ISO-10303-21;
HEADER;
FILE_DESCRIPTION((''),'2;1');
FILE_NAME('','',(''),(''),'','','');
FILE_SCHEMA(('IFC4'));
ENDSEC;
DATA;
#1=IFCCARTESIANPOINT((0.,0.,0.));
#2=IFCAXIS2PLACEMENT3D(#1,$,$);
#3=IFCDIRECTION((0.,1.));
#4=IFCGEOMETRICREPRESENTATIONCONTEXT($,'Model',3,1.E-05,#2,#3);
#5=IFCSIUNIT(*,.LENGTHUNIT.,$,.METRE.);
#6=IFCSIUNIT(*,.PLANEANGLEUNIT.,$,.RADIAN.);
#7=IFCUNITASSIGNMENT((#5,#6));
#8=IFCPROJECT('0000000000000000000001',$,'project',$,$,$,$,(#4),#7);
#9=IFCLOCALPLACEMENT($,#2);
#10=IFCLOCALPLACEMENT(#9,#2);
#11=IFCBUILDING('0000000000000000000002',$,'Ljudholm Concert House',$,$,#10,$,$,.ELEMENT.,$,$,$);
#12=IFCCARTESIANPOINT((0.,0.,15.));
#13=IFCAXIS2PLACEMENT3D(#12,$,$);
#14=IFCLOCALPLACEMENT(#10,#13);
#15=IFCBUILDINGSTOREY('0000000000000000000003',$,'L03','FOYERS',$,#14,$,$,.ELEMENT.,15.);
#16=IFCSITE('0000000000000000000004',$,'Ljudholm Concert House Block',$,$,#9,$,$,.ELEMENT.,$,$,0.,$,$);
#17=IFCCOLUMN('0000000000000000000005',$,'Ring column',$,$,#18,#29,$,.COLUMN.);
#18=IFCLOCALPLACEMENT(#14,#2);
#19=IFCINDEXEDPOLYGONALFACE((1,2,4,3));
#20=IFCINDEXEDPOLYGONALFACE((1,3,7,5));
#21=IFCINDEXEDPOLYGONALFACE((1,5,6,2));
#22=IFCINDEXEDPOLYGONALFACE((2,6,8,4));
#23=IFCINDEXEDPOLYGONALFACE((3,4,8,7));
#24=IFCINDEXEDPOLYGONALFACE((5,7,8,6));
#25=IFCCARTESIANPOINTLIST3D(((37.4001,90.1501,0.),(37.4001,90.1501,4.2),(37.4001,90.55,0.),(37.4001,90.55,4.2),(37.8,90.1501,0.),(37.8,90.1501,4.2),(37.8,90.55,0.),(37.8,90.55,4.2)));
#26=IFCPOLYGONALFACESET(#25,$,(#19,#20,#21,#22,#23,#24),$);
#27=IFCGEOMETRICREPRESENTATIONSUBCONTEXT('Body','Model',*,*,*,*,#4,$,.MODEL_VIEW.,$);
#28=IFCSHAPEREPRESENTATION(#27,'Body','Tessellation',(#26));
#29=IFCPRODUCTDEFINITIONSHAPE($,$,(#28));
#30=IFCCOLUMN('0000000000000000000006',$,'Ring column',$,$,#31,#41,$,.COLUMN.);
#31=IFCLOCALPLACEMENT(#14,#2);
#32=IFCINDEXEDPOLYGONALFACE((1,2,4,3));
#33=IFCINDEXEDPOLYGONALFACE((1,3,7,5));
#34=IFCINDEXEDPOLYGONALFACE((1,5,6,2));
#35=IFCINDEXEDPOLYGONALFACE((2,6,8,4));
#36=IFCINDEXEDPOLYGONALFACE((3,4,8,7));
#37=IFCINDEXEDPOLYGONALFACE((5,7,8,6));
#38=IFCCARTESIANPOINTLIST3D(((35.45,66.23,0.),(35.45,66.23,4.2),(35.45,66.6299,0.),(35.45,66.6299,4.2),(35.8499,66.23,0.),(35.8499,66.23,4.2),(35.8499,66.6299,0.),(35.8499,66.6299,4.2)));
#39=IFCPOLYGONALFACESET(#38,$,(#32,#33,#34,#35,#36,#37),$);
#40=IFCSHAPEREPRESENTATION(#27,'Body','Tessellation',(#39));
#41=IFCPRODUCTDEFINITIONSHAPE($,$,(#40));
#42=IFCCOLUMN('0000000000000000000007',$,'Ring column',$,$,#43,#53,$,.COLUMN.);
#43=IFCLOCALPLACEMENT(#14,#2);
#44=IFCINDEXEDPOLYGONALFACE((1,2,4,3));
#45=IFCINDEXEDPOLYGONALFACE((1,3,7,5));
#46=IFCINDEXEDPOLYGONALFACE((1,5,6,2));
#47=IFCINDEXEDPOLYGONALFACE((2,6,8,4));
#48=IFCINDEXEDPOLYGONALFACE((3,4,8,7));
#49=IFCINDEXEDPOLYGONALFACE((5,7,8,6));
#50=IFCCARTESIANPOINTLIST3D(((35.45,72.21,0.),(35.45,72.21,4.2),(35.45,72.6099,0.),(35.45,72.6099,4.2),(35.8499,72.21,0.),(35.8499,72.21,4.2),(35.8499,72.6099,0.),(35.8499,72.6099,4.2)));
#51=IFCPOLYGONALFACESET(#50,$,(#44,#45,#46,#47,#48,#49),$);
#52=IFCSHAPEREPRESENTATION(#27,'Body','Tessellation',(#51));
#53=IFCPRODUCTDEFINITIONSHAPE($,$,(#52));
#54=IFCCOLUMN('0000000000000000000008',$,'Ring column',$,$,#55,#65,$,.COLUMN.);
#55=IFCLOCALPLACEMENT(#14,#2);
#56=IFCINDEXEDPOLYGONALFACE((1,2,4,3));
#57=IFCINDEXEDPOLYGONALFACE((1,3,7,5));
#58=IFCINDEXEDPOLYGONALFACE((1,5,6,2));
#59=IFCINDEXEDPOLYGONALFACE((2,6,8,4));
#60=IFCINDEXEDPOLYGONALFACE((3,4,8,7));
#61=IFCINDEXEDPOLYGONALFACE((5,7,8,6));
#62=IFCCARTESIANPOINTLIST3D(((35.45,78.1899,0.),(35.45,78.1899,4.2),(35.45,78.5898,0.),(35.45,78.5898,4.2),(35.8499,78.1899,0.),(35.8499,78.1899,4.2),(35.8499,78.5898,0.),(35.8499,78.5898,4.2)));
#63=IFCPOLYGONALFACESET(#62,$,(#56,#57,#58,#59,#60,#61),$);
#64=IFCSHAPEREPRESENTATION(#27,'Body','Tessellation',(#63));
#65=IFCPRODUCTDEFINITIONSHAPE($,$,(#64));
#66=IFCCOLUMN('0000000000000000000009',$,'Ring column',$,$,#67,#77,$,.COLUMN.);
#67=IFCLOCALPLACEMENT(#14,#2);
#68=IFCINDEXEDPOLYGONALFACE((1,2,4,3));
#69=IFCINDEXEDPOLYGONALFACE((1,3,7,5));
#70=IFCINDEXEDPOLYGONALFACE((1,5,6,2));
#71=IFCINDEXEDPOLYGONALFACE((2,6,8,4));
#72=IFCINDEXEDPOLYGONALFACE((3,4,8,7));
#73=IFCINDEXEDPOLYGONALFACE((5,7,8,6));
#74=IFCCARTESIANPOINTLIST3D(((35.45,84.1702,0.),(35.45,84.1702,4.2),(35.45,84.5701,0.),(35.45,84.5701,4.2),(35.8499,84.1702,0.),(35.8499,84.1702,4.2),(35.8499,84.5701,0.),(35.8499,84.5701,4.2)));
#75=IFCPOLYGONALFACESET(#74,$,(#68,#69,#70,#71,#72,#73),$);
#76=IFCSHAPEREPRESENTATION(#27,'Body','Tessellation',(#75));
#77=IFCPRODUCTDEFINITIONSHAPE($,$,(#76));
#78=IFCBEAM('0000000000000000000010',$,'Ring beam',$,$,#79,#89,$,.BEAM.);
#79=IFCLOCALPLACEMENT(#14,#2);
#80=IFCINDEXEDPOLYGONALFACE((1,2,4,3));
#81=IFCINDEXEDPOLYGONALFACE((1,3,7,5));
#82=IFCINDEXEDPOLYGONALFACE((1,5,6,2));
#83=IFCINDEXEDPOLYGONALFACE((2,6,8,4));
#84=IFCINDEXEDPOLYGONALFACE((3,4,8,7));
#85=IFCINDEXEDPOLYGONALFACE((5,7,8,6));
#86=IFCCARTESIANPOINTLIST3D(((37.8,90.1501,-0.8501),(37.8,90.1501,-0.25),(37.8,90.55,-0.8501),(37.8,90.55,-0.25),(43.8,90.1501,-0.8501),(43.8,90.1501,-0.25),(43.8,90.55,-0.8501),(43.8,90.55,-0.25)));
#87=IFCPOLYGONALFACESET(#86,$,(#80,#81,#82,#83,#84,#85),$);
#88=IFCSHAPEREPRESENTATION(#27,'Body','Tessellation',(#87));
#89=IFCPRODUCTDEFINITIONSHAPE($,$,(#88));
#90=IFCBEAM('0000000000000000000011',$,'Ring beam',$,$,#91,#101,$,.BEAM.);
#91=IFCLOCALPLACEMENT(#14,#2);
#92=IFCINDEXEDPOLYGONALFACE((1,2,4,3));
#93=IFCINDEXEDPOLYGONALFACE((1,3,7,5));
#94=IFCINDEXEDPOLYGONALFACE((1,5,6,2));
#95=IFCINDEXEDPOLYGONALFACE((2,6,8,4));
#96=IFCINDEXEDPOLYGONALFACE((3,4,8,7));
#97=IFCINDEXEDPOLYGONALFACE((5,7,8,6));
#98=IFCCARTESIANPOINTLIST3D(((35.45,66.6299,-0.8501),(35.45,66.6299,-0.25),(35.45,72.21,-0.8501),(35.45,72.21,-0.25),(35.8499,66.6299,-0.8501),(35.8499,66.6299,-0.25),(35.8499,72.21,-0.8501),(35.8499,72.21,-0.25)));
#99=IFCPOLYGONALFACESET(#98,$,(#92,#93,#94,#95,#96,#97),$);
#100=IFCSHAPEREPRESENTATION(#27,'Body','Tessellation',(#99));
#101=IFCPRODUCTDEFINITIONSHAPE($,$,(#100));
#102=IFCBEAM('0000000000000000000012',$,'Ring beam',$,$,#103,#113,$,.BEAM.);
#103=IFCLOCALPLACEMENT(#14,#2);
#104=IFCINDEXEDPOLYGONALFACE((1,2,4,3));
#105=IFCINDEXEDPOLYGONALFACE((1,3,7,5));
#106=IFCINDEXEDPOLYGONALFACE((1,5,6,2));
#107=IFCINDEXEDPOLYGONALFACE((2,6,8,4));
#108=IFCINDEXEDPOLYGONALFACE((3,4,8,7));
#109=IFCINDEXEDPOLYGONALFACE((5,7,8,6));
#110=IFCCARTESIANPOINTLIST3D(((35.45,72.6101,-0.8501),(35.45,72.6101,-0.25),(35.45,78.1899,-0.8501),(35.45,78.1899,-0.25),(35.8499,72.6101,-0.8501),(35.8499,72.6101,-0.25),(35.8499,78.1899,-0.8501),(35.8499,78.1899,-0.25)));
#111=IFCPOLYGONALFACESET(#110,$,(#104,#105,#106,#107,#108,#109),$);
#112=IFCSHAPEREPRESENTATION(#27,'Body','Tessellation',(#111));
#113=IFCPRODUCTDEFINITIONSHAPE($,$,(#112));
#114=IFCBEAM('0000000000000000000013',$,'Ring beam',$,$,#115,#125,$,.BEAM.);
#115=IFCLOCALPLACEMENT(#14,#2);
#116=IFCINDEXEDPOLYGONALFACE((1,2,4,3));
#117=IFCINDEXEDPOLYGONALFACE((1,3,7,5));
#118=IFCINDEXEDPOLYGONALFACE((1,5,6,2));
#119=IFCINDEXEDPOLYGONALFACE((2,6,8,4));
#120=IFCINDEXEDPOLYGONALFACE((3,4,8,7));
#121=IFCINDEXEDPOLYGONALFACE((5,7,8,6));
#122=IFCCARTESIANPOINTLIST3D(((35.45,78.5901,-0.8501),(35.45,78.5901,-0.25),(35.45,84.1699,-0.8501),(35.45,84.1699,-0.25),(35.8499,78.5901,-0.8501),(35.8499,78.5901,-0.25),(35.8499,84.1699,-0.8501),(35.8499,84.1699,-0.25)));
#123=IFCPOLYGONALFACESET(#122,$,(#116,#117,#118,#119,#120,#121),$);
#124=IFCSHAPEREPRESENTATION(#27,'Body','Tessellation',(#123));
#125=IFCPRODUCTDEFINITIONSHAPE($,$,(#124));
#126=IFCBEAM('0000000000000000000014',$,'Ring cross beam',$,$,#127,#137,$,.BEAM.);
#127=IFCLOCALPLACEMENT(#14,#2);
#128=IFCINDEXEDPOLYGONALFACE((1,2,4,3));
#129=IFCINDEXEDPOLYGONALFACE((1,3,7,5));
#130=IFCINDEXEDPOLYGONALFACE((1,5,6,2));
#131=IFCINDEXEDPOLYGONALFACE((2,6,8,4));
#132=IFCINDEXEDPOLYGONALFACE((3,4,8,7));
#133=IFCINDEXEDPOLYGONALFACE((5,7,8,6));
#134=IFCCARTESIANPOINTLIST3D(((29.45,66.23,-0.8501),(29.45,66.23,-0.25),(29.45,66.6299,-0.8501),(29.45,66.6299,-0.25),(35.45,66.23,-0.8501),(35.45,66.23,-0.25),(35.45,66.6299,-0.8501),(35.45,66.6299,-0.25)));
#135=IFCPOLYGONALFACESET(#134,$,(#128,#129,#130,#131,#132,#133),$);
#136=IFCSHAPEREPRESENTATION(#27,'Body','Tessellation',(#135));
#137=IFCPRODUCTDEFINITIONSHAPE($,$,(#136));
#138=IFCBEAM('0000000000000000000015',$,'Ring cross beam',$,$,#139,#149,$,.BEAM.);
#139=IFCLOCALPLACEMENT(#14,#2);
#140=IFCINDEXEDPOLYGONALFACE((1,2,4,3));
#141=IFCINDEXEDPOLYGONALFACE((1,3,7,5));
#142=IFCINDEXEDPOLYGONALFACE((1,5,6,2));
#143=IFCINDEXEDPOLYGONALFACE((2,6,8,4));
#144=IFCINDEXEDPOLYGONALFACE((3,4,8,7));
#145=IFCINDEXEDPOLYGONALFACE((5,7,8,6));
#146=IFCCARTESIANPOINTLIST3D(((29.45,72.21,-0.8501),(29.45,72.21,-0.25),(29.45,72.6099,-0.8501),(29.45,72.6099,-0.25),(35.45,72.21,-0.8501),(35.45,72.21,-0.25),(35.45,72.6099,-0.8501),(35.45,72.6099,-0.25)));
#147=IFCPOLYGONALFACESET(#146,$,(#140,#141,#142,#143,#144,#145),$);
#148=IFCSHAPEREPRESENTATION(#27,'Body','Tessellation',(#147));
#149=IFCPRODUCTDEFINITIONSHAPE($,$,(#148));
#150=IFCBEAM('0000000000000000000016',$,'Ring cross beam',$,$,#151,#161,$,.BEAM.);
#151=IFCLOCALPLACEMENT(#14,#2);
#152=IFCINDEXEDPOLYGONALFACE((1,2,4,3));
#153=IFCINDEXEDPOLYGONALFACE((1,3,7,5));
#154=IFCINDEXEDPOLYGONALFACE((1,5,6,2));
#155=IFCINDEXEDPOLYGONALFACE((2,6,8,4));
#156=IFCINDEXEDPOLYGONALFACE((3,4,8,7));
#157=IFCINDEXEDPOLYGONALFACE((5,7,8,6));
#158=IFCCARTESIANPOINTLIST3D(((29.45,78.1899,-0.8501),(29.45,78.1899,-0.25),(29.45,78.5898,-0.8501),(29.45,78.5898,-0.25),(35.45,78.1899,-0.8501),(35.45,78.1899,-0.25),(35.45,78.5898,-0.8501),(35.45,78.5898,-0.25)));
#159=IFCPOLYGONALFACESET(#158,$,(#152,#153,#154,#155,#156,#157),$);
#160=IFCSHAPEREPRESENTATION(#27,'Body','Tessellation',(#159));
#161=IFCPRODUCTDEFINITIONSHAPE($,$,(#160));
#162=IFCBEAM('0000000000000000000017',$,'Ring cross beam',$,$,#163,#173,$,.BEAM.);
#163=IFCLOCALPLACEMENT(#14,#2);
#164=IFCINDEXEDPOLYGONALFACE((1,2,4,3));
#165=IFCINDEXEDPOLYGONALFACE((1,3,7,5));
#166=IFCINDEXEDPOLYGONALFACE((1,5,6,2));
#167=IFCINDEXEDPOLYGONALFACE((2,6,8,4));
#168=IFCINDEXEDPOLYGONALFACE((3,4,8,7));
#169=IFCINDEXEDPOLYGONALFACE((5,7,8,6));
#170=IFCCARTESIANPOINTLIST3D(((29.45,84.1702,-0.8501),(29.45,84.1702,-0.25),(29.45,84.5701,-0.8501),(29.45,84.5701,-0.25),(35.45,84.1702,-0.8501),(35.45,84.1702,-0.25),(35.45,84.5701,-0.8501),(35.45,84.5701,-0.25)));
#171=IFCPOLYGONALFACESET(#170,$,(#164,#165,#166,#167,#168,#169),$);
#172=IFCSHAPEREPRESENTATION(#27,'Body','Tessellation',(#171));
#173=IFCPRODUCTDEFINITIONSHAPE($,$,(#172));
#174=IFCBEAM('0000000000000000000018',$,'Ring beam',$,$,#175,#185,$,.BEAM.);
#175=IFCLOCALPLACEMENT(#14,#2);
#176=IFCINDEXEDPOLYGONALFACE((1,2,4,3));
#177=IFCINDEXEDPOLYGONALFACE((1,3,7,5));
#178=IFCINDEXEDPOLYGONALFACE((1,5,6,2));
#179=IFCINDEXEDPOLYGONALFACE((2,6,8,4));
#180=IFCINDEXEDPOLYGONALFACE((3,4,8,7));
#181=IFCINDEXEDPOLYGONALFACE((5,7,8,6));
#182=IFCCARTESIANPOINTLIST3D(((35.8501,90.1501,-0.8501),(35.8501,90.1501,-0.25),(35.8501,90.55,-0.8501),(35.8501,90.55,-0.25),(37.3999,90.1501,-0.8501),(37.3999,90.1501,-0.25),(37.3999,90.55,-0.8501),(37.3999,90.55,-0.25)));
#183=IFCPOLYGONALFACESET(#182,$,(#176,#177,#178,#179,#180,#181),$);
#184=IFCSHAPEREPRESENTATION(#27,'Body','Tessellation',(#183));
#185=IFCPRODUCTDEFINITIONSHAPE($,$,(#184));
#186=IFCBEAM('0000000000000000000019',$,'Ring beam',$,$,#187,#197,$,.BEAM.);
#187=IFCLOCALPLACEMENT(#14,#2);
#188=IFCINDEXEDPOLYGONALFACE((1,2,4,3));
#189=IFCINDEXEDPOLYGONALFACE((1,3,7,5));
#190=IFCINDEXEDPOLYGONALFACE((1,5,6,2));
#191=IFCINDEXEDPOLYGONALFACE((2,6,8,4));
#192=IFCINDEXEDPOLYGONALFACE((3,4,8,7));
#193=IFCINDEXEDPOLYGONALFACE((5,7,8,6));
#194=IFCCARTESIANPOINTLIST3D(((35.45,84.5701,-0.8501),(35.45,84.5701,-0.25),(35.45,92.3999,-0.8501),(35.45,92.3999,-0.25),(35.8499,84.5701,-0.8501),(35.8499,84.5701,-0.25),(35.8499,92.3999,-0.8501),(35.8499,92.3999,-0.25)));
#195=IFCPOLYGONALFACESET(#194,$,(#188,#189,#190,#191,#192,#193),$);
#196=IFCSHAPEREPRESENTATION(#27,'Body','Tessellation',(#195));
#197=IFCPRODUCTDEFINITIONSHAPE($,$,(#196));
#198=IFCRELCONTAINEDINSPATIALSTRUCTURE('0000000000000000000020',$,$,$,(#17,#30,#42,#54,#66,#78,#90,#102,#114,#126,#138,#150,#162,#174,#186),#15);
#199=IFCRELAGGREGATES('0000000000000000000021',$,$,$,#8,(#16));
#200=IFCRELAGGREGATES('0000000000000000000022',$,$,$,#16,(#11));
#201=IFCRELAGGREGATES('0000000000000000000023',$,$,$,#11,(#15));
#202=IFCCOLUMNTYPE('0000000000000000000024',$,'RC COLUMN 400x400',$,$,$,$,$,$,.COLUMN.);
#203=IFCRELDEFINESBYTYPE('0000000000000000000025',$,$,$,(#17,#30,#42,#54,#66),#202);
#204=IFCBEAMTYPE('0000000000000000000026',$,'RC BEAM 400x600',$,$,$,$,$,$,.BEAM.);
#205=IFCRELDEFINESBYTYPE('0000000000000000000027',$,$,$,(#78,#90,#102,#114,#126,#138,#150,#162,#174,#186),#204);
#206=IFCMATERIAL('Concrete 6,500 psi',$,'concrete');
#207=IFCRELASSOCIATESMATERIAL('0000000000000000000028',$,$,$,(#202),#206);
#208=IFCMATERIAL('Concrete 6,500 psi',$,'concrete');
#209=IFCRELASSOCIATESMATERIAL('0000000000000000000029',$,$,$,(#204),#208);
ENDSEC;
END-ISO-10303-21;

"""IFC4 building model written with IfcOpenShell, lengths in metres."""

from ifc_helpers import new_model, si_unit, direction, frame, origin, origin_2d, place, context, subcontext, project, spatial, rectangle, extrude, material, material_profile, profile_set, type_object, element, save


model = new_model("IFC4")

# Units and contexts
model_context = context("Model", 3, precision=1e-05, world=origin(), true_north=direction((0.0, 1.0)))
body_context = subcontext(model_context, "Body", "Model", "MODEL_VIEW")
ifc_project = project(units=[si_unit("LENGTHUNIT", "METRE"), si_unit("PLANEANGLEUNIT", "RADIAN")], contexts=[model_context])

# Site, building, storey
site_placement = place(None, origin())
site = spatial("IfcSite", under=ifc_project, at=site_placement, Name="Ljudholm Concert House Block", CompositionType="ELEMENT", RefElevation=0.0)
building_placement = place(site_placement, origin())
building = spatial("IfcBuilding", under=site, at=building_placement, Name="Ljudholm Concert House", CompositionType="ELEMENT")
storey_placement = place(building_placement, frame((0.0, 0.0, 15.0)))
storey = spatial("IfcBuildingStorey", under=building, at=storey_placement, Name="L03", Description="FOYERS", CompositionType="ELEMENT", Elevation=15.0)

# Columns
ifc_material_1 = material(Name="Concrete 6,500 psi", Category="concrete")
ifc_material_profile_1 = material_profile(ifc_material_1, rectangle(XDim=0.3999, YDim=0.3999, at=origin_2d()), Name="RC COLUMN 400x400")
ifc_profile_set_1 = profile_set([ifc_material_profile_1], Name="Concrete 6,500 psi")
column_type = type_object("IfcColumnType", Name="RC COLUMN 400x400", PredefinedType="COLUMN", material=ifc_profile_set_1)
for number, where, z_axis, x_axis, name in (
    (1, (37.6001, 90.3501, 0.0), (0.0, 0.0, 1.0), (1.0, 0.0, 0.0), "Ring column"),
    (2, (35.6499, 66.4299, 0.0), (0.0, 0.0, 1.0), (1.0, 0.0, 0.0), "Ring column"),
    (3, (35.6499, 72.4099, 0.0), (0.0, 0.0, 1.0), (1.0, 0.0, 0.0), "Ring column"),
    (4, (35.6499, 78.3899, 0.0), (0.0, 0.0, 1.0), (1.0, 0.0, 0.0), "Ring column"),
    (5, (35.6499, 84.3701, 0.0), (0.0, 0.0, 1.0), (1.0, 0.0, 0.0), "Ring column"),
):
    element("IfcColumn", number, at=place(storey_placement, frame(where, z_axis=z_axis, x_axis=x_axis)), inside=storey, type_object=column_type, Name=name, PredefinedType="COLUMN", context=body_context, shape_type="SweptSolid", body=[
        extrude(rectangle(XDim=0.3999, YDim=0.3999, at=origin_2d()), origin(), (0.0, 0.0, 1.0), 4.2),
    ])

# Beams
ifc_material_2 = material(Name="Concrete 6,500 psi", Category="concrete")
ifc_material_profile_2 = material_profile(ifc_material_2, rectangle(XDim=0.3999, YDim=0.6001, at=origin_2d()), Name="RC BEAM 400x600")
ifc_profile_set_2 = profile_set([ifc_material_profile_2], Name="Concrete 6,500 psi")
beam_type = type_object("IfcBeamType", Name="RC BEAM 400x600", PredefinedType="BEAM", material=ifc_profile_set_2)
beam_1_placement = place(storey_placement, frame((37.8, 90.3501, -0.55), z_axis=(1.0, 0.0, 0.0), x_axis=(0.0, 1.0, 0.0)))
element("IfcBeam", 6, at=beam_1_placement, inside=storey, type_object=beam_type, Name="Ring beam", PredefinedType="BEAM", context=body_context, shape_type="SweptSolid", body=[
    extrude(rectangle(XDim=0.3999, YDim=0.6001, at=origin_2d()), origin(), (0.0, 0.0, 1.0), 6.0),
])
beam_2_placement = place(storey_placement, frame((35.6499, 66.6299, -0.55), z_axis=(0.0, 1.0, 0.0), x_axis=(-1.0, 0.0, 0.0)))
element("IfcBeam", 7, at=beam_2_placement, inside=storey, type_object=beam_type, Name="Ring beam", PredefinedType="BEAM", context=body_context, shape_type="SweptSolid", body=[
    extrude(rectangle(XDim=0.3999, YDim=0.6001, at=origin_2d()), origin(), (0.0, 0.0, 1.0), 5.5801),
])
for number, where, z_axis, x_axis, name in (
    (8, (35.6499, 72.6101, -0.55), (0.0, 1.0, 0.0), (-1.0, 0.0, 0.0), "Ring beam"),
    (9, (35.6499, 78.5901, -0.55), (0.0, 1.0, 0.0), (-1.0, 0.0, 0.0), "Ring beam"),
):
    element("IfcBeam", number, at=place(storey_placement, frame(where, z_axis=z_axis, x_axis=x_axis)), inside=storey, type_object=beam_type, Name=name, PredefinedType="BEAM", context=body_context, shape_type="SweptSolid", body=[
        extrude(rectangle(XDim=0.3999, YDim=0.6001, at=origin_2d()), origin(), (0.0, 0.0, 1.0), 5.5798),
    ])
for number, where, z_axis, x_axis, name in (
    (10, (35.45, 66.4299, -0.55), (-1.0, 0.0, 0.0), (0.0, -1.0, 0.0), "Ring cross beam"),
    (11, (35.45, 72.4099, -0.55), (-1.0, 0.0, 0.0), (0.0, -1.0, 0.0), "Ring cross beam"),
    (12, (35.45, 78.3899, -0.55), (-1.0, 0.0, 0.0), (0.0, -1.0, 0.0), "Ring cross beam"),
    (13, (35.45, 84.3701, -0.55), (-1.0, 0.0, 0.0), (0.0, -1.0, 0.0), "Ring cross beam"),
):
    element("IfcBeam", number, at=place(storey_placement, frame(where, z_axis=z_axis, x_axis=x_axis)), inside=storey, type_object=beam_type, Name=name, PredefinedType="BEAM", context=body_context, shape_type="SweptSolid", body=[
        extrude(rectangle(XDim=0.3999, YDim=0.6001, at=origin_2d()), origin(), (0.0, 0.0, 1.0), 6.0),
    ])
beam_3_placement = place(storey_placement, frame((35.8501, 90.3501, -0.55), z_axis=(1.0, 0.0, 0.0), x_axis=(0.0, 1.0, 0.0)))
element("IfcBeam", 14, at=beam_3_placement, inside=storey, type_object=beam_type, Name="Ring beam", PredefinedType="BEAM", context=body_context, shape_type="SweptSolid", body=[
    extrude(rectangle(XDim=0.3999, YDim=0.6001, at=origin_2d()), origin(), (0.0, 0.0, 1.0), 1.5498),
])
beam_4_placement = place(storey_placement, frame((35.6499, 84.5701, -0.55), z_axis=(0.0, 1.0, 0.0), x_axis=(-1.0, 0.0, 0.0)))
element("IfcBeam", 15, at=beam_4_placement, inside=storey, type_object=beam_type, Name="Ring beam", PredefinedType="BEAM", context=body_context, shape_type="SweptSolid", body=[
    extrude(rectangle(XDim=0.3999, YDim=0.6001, at=origin_2d()), origin(), (0.0, 0.0, 1.0), 7.8298),
])

save(model, "model.ifc")
